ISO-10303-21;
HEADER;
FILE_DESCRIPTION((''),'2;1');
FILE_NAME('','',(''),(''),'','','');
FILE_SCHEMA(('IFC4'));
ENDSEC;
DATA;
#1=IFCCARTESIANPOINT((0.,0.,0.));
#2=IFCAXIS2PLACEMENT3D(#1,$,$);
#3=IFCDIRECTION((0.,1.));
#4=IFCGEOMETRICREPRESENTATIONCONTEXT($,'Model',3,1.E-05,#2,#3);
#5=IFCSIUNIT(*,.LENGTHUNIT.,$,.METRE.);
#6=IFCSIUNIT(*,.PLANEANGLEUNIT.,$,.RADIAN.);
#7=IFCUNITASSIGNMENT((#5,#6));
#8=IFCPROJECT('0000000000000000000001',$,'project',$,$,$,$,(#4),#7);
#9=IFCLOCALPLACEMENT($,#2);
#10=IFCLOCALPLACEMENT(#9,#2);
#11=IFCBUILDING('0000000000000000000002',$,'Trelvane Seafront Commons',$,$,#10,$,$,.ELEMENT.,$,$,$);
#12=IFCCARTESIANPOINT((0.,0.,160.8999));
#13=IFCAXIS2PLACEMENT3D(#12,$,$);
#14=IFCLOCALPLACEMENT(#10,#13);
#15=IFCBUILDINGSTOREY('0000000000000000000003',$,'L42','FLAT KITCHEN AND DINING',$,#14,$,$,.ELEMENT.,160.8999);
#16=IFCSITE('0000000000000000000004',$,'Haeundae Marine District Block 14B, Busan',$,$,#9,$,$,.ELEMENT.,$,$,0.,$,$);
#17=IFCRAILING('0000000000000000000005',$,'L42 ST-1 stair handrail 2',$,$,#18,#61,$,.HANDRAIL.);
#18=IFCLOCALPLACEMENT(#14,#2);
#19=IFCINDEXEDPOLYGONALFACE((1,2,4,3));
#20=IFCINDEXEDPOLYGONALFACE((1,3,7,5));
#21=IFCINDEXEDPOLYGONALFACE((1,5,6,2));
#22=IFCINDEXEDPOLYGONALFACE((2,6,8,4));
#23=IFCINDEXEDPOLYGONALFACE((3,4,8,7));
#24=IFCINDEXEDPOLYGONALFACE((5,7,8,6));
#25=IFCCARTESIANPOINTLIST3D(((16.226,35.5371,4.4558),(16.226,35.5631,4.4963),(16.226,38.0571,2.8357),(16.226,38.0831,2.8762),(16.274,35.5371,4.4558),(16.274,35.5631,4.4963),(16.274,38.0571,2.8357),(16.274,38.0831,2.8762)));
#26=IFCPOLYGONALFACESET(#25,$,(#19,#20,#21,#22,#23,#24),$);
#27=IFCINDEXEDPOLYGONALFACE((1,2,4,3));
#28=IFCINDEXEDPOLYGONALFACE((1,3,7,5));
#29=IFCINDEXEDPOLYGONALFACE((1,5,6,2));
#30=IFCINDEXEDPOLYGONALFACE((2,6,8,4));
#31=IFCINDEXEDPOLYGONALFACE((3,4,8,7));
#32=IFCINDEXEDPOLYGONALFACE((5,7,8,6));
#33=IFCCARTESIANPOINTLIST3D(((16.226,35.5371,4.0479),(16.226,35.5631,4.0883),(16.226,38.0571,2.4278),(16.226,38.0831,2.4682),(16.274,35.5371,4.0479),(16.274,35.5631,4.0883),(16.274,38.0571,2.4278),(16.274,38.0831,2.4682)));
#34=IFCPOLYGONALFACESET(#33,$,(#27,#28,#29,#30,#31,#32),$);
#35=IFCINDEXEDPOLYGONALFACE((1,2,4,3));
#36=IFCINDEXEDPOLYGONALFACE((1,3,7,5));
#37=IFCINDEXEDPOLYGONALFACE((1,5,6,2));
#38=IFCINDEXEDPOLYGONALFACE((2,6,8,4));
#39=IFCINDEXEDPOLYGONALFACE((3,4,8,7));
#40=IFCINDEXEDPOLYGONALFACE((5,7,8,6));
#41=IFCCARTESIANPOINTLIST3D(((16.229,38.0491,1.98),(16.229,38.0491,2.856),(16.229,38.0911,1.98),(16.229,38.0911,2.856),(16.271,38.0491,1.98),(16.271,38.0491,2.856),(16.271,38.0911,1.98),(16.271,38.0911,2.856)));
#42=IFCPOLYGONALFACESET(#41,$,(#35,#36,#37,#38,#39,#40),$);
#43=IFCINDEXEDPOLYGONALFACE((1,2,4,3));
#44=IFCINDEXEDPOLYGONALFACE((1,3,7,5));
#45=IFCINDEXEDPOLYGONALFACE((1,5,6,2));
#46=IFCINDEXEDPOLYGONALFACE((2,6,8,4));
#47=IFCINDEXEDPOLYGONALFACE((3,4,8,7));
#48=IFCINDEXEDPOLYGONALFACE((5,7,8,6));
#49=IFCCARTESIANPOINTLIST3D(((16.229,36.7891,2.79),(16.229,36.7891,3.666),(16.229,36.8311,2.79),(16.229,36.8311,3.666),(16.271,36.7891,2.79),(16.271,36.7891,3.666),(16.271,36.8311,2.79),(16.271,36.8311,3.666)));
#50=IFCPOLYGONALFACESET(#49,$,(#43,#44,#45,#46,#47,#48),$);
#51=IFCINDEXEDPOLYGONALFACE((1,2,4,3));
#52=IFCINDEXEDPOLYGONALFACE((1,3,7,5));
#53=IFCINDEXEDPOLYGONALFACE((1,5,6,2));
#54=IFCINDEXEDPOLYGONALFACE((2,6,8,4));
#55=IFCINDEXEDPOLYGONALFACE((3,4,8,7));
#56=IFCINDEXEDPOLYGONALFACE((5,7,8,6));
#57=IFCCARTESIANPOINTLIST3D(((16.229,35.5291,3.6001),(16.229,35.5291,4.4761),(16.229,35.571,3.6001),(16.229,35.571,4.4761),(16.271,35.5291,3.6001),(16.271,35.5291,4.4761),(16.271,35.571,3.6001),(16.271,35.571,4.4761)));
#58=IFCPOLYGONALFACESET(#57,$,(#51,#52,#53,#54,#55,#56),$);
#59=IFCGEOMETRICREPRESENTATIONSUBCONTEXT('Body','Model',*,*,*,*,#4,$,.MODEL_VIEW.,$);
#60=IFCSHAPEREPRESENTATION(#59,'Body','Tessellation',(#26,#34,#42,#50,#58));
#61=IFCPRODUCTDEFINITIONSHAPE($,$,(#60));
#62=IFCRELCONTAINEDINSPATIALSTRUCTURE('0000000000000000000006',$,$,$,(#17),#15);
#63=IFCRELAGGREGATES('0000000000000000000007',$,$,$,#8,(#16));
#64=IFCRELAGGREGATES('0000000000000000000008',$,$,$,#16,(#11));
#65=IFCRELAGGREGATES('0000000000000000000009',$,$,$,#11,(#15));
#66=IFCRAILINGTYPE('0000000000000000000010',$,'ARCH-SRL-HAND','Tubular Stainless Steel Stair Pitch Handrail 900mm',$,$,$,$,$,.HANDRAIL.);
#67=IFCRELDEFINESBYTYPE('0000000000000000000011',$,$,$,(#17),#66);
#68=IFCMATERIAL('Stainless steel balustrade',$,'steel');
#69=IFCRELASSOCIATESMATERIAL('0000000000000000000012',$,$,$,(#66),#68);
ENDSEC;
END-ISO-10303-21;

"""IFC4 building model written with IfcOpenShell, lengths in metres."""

from ifc_helpers import new_model, si_unit, direction, frame, origin, origin_2d, place, context, subcontext, project, spatial, rectangle, extrude, material, type_object, element, save


model = new_model("IFC4")

# Units and contexts
model_context = context("Model", 3, precision=1e-05, world=origin(), true_north=direction((0.0, 1.0)))
body_context = subcontext(model_context, "Body", "Model", "MODEL_VIEW")
ifc_project = project(units=[si_unit("LENGTHUNIT", "METRE"), si_unit("PLANEANGLEUNIT", "RADIAN")], contexts=[model_context])

# Site, building, storey
site_placement = place(None, origin())
site = spatial("IfcSite", under=ifc_project, at=site_placement, Name="Haeundae Marine District Block 14B, Busan", CompositionType="ELEMENT", RefElevation=0.0)
building_placement = place(site_placement, origin())
building = spatial("IfcBuilding", under=site, at=building_placement, Name="Trelvane Seafront Commons", CompositionType="ELEMENT")
storey_placement = place(building_placement, frame((0.0, 0.0, 160.8999)))
storey = spatial("IfcBuildingStorey", under=building, at=storey_placement, Name="L42", Description="FLAT KITCHEN AND DINING", CompositionType="ELEMENT", Elevation=160.8999)

# Railing
ifc_material_1 = material(Name="Stainless steel balustrade", Category="steel")
railing_type = type_object("IfcRailingType", Name="ARCH-SRL-HAND", Description="Tubular Stainless Steel Stair Pitch Handrail 900mm", PredefinedType="HANDRAIL", material=ifc_material_1)
railing_placement = place(storey_placement, frame((16.25, 38.0701, 1.98)))
element("IfcRailing", 1, at=railing_placement, inside=storey, type_object=railing_type, Name="L42 ST-1 stair handrail 2", PredefinedType="HANDRAIL", context=body_context, shape_type="SweptSolid", body=[
    extrude(rectangle(XDim=0.0481, YDim=0.0481, at=origin_2d()), frame((0.0, 0.0, 0.876), z_axis=(0.0, -0.841163, 0.540782), x_axis=(1.0, 0.0, 0.0)), (0.0, 0.0, 1.0), 2.9958),
    extrude(rectangle(XDim=0.0481, YDim=0.0481, at=origin_2d()), frame((0.0, 0.0, 0.468), z_axis=(0.0, -0.841163, 0.540782), x_axis=(1.0, 0.0, 0.0)), (0.0, 0.0, 1.0), 2.9958),
    extrude(rectangle(XDim=0.042, YDim=0.042, at=origin_2d()), origin(), (0.0, 0.0, 1.0), 0.876),
    extrude(rectangle(XDim=0.042, YDim=0.042, at=origin_2d()), frame((0.0, -1.26, 0.8101)), (0.0, 0.0, 1.0), 0.876),
    extrude(rectangle(XDim=0.042, YDim=0.042, at=origin_2d()), frame((0.0, -2.52, 1.6201)), (0.0, 0.0, 1.0), 0.876),
])

save(model, "model.ifc")
